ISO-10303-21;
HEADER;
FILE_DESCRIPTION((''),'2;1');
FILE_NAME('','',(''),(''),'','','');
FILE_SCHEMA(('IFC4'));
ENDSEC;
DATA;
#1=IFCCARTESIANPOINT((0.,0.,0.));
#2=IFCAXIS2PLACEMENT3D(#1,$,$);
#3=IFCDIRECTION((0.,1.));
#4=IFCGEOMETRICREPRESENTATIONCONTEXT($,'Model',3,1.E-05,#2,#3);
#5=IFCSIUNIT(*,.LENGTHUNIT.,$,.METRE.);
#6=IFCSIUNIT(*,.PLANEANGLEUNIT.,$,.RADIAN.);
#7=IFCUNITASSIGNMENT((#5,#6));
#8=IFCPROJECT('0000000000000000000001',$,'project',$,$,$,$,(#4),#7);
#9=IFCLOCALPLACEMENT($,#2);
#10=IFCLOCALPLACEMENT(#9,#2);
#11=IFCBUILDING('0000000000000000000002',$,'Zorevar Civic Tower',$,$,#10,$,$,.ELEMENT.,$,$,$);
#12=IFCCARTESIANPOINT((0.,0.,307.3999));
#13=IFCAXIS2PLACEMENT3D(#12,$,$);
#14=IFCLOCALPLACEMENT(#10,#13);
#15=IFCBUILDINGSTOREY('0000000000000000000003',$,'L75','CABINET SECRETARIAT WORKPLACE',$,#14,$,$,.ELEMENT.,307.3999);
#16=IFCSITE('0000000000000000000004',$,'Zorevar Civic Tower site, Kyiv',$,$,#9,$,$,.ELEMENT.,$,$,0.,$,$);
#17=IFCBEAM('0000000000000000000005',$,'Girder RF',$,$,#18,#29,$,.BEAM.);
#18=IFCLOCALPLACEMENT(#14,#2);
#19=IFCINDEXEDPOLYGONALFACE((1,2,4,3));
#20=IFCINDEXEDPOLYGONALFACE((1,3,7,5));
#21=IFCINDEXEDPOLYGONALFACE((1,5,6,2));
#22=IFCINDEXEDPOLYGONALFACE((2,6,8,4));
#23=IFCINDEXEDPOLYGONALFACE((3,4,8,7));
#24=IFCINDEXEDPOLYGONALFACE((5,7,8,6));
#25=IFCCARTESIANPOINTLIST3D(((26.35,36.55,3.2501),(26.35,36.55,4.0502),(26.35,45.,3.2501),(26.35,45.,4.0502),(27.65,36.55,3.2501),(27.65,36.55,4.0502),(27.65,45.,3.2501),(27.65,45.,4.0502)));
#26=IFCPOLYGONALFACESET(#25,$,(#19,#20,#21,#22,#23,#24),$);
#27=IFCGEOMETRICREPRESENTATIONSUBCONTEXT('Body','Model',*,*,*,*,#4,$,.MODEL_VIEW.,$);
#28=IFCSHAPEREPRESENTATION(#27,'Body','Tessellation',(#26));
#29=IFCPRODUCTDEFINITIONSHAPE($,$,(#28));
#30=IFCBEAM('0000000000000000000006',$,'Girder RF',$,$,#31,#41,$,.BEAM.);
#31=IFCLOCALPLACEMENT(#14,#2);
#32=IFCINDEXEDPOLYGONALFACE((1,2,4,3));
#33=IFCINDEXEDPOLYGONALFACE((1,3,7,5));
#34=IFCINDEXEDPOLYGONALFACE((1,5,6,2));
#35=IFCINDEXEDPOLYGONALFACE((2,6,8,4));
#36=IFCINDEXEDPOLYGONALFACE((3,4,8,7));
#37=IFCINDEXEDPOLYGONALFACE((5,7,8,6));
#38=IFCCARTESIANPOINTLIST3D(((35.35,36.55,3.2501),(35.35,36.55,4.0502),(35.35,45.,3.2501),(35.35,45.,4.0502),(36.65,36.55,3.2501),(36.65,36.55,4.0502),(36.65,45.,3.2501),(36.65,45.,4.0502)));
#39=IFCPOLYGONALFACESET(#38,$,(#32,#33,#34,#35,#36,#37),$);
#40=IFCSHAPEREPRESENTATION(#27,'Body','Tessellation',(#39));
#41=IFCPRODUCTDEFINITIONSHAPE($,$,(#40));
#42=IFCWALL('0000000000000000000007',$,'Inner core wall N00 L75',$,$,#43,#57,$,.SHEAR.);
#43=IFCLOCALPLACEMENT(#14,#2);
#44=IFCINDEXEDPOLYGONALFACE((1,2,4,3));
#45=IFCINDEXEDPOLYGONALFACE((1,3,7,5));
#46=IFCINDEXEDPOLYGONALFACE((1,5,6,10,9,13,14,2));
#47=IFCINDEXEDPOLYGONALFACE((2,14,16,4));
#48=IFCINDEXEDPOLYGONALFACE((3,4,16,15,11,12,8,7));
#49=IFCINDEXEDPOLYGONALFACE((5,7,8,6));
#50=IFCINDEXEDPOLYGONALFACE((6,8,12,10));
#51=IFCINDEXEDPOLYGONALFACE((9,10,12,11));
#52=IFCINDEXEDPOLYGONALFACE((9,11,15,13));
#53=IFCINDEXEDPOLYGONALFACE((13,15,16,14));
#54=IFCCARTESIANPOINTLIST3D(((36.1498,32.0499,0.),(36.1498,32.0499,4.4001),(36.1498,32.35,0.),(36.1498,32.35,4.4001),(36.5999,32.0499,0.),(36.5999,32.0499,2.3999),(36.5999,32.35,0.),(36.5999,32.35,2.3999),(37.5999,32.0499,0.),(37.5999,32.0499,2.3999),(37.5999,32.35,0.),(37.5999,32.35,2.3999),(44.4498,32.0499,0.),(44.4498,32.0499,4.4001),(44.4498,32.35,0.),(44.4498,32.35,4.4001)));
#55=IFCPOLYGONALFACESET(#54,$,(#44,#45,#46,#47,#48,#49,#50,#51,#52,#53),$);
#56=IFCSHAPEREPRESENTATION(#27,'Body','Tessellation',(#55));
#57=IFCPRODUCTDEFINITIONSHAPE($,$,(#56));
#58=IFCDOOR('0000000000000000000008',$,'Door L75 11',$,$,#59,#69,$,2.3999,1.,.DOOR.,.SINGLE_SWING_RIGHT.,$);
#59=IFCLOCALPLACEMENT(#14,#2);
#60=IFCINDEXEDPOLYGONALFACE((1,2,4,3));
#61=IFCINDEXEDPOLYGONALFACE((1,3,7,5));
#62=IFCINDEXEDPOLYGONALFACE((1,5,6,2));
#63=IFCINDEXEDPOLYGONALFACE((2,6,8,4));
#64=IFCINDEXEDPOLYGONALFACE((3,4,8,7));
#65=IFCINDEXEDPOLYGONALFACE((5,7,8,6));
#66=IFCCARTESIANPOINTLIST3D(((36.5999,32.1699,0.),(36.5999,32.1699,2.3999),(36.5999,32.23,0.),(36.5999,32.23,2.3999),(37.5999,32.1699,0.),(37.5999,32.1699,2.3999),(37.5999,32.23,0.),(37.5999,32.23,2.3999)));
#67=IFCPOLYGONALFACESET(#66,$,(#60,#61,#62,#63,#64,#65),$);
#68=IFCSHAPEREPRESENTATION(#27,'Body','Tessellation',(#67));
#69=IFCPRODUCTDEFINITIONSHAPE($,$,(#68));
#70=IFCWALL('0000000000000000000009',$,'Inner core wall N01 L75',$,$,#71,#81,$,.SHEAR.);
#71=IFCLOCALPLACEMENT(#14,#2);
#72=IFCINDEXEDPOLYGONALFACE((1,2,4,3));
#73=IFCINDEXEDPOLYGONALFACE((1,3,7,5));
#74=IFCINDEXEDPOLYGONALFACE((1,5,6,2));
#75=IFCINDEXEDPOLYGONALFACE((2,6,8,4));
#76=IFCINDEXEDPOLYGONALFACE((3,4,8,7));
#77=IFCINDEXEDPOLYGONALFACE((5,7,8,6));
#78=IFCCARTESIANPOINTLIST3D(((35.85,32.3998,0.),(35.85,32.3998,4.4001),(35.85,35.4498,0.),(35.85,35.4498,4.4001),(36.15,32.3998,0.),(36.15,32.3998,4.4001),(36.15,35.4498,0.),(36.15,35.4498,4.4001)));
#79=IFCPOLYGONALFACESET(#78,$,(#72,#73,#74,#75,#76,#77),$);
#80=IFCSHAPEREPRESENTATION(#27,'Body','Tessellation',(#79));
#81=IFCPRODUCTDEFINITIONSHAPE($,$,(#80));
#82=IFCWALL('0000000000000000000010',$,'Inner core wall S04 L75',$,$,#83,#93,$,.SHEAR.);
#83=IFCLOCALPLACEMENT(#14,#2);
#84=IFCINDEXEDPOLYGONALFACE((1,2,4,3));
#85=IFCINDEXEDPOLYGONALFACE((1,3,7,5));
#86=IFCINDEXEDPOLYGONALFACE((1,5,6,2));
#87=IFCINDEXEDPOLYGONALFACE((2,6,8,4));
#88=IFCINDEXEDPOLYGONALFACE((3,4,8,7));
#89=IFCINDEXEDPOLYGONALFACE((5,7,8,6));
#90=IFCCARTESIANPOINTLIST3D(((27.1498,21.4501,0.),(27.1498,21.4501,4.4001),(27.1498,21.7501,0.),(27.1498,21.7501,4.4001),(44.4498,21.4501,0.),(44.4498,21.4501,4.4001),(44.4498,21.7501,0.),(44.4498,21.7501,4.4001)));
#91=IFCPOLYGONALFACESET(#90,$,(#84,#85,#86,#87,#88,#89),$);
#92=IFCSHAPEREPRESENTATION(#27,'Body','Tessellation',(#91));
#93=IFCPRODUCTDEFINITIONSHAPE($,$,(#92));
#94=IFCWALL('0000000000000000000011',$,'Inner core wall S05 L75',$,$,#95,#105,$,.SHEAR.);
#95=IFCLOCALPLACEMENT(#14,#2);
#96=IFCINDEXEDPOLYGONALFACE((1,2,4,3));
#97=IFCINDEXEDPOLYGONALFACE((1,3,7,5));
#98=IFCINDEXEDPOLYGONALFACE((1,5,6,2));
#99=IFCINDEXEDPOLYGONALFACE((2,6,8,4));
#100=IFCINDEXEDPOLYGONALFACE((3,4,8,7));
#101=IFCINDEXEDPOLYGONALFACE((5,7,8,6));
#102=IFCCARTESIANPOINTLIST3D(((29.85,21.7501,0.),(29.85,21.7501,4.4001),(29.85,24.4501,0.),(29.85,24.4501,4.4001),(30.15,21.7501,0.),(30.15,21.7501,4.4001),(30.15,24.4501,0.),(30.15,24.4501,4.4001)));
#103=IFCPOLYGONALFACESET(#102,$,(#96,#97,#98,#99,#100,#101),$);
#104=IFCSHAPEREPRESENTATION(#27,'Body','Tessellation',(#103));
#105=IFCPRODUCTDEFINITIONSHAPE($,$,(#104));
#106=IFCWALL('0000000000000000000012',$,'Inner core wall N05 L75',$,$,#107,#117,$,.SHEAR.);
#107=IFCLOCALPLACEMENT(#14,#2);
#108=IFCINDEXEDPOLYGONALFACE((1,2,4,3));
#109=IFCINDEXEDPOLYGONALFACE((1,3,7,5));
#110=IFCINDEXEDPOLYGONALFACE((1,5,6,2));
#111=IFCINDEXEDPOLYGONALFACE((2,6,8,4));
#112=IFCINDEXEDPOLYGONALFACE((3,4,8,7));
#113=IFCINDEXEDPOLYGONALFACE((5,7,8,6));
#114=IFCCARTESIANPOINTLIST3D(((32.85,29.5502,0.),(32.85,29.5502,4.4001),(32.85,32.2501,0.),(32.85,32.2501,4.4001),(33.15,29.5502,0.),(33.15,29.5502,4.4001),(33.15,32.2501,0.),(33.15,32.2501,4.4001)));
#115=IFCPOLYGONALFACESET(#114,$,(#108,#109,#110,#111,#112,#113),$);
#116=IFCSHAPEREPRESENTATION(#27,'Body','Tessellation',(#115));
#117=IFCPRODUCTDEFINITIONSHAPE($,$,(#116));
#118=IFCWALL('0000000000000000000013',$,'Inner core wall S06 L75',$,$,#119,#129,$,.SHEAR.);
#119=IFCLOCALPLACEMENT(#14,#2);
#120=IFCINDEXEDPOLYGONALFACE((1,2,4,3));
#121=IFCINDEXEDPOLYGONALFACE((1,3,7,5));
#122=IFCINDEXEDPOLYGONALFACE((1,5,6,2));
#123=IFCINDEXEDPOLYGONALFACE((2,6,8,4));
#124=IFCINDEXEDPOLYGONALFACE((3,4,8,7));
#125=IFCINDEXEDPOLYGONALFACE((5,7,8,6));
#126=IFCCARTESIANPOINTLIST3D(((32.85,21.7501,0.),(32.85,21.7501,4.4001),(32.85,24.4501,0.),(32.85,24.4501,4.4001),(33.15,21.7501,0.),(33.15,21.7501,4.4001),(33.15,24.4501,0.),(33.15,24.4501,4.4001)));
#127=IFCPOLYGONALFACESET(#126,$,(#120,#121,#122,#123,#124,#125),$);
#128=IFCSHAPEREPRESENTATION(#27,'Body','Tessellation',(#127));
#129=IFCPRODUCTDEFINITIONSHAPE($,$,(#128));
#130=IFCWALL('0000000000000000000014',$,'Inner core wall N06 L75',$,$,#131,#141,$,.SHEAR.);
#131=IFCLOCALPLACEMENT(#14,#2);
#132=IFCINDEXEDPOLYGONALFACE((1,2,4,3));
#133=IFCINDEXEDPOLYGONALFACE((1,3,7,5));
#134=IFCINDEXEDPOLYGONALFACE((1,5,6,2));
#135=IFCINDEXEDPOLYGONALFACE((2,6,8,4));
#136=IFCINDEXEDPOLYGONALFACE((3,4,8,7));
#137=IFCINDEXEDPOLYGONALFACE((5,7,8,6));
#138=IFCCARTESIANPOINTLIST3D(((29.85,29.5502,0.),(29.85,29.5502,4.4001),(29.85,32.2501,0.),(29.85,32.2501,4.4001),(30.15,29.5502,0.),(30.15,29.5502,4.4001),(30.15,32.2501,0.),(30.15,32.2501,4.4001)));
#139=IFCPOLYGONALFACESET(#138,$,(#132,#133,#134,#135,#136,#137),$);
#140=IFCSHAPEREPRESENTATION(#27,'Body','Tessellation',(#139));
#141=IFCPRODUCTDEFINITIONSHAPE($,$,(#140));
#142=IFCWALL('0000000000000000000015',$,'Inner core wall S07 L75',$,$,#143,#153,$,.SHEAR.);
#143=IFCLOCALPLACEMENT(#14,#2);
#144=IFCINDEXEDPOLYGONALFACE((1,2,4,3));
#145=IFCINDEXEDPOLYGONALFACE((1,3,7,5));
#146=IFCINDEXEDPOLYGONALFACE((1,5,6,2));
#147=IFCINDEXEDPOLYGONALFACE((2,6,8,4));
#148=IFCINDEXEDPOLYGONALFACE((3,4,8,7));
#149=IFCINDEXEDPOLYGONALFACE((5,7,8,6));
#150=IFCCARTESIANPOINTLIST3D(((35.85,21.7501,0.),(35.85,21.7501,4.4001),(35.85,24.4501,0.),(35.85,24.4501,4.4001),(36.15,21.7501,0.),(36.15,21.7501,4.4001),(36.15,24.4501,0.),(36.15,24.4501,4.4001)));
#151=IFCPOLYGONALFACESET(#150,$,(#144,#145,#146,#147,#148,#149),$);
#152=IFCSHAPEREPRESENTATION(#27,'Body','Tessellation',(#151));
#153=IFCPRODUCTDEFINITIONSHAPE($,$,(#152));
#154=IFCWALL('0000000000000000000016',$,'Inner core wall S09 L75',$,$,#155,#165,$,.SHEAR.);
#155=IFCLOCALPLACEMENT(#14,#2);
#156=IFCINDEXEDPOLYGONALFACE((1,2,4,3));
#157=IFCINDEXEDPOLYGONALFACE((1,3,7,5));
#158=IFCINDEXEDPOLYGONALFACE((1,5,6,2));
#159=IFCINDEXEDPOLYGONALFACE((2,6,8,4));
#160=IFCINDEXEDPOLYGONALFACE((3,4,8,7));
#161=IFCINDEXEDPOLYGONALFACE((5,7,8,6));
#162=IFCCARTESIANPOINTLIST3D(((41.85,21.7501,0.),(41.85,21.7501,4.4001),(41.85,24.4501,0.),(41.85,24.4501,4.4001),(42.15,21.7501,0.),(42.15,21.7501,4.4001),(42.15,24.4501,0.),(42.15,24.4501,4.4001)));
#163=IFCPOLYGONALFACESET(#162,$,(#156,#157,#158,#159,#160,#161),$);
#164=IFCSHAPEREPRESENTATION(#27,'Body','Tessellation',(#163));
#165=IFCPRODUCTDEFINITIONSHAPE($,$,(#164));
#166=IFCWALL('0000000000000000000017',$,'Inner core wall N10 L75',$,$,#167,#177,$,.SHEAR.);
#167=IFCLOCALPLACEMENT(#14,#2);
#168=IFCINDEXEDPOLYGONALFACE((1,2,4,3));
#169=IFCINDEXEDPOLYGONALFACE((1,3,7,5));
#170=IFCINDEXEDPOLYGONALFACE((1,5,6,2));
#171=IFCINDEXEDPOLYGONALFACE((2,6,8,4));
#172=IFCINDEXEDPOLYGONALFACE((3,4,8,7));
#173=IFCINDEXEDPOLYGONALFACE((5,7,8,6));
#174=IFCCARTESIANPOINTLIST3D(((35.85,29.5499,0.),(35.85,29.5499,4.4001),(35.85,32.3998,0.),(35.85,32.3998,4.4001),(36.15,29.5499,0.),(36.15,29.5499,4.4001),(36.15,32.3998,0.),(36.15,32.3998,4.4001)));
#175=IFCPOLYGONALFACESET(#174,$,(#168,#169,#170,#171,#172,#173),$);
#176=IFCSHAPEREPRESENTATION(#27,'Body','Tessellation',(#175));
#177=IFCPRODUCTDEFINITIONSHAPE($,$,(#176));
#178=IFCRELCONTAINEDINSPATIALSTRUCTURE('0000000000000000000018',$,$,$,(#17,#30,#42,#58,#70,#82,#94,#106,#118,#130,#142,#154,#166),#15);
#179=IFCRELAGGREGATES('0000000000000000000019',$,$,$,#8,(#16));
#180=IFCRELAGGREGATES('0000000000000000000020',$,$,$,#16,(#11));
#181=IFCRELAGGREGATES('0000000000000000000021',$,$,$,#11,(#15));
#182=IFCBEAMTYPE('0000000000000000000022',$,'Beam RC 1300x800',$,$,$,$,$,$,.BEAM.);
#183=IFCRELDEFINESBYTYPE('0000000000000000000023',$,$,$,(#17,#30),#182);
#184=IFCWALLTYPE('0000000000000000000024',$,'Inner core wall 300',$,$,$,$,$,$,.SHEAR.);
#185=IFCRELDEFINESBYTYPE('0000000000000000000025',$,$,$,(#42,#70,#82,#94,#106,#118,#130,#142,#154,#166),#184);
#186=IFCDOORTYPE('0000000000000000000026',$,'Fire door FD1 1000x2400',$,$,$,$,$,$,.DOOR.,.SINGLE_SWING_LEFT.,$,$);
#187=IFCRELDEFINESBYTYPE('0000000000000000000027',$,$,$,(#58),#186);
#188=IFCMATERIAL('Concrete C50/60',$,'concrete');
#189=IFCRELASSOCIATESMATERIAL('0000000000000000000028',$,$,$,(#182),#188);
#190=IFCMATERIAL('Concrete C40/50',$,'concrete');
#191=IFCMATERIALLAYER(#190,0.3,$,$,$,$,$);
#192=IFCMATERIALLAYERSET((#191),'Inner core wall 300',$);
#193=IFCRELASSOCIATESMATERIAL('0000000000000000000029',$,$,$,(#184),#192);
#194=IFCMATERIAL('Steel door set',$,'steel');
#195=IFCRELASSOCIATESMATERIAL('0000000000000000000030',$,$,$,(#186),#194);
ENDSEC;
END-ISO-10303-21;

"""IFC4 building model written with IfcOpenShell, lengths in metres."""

from ifc_helpers import new_model, si_unit, direction, frame, frame_2d, origin, origin_2d, place, context, subcontext, project, spatial, rectangle, extrude, material, layer, layer_set, material_profile, profile_set, type_object, element, fill, save


model = new_model("IFC4")

# Units and contexts
model_context = context("Model", 3, precision=1e-05, world=origin(), true_north=direction((0.0, 1.0)))
body_context = subcontext(model_context, "Body", "Model", "MODEL_VIEW")
ifc_project = project(units=[si_unit("LENGTHUNIT", "METRE"), si_unit("PLANEANGLEUNIT", "RADIAN")], contexts=[model_context])

# Site, building, storey
site_placement = place(None, origin())
site = spatial("IfcSite", under=ifc_project, at=site_placement, Name="Zorevar Civic Tower site, Kyiv", CompositionType="ELEMENT", RefElevation=0.0)
building_placement = place(site_placement, origin())
building = spatial("IfcBuilding", under=site, at=building_placement, Name="Zorevar Civic Tower", CompositionType="ELEMENT")
storey_placement = place(building_placement, frame((0.0, 0.0, 307.3999)))
storey = spatial("IfcBuildingStorey", under=building, at=storey_placement, Name="L75", Description="CABINET SECRETARIAT WORKPLACE", CompositionType="ELEMENT", Elevation=307.3999)

# Beams
ifc_material_1 = material(Name="Concrete C50/60", Category="concrete")
ifc_material_profile = material_profile(ifc_material_1, rectangle(XDim=1.3, YDim=0.8, at=origin_2d()), Name="RC 1300x800")
ifc_profile_set = profile_set([ifc_material_profile], Name="Concrete C50/60")
beam_type = type_object("IfcBeamType", Name="Beam RC 1300x800", PredefinedType="BEAM", material=ifc_profile_set)
for number, where, z_axis, x_axis, name in (
    (1, (27.0, 36.55, 3.6501), (0.0, 1.0, 0.0), (-1.0, 0.0, 0.0), "Girder RF"),
    (2, (36.0, 36.55, 3.6501), (0.0, 1.0, 0.0), (-1.0, 0.0, 0.0), "Girder RF"),
):
    element("IfcBeam", number, at=place(storey_placement, frame(where, z_axis=z_axis, x_axis=x_axis)), inside=storey, type_object=beam_type, Name=name, PredefinedType="BEAM", context=body_context, shape_type="SweptSolid", body=[
        extrude(rectangle(XDim=1.3, YDim=0.8, at=origin_2d()), origin(), (0.0, 0.0, 1.0), 8.45),
    ])

# Wall, opening, door
ifc_material_2 = material(Name="Concrete C40/50", Category="concrete")
ifc_layer_1 = layer(ifc_material_2, 0.3)
ifc_layer_set_1 = layer_set([ifc_layer_1], Name="Inner core wall 300")
wall_type_1 = type_object("IfcWallType", Name="Inner core wall 300", PredefinedType="SHEAR", material=ifc_layer_set_1)
wall_1_placement = place(storey_placement, frame((36.1499, 32.2, 0.0), z_axis=(0.0, 0.0, 1.0), x_axis=(1.0, 0.0, 0.0)))
wall_1 = element("IfcWall", 3, at=wall_1_placement, inside=storey, type_object=wall_type_1, Name="Inner core wall N00 L75", PredefinedType="SHEAR", context=body_context, shape_type="SweptSolid", body=[
    extrude(rectangle(XDim=8.3, YDim=0.3, at=frame_2d((4.1499, 0.0))), origin(), (0.0, 0.0, 1.0), 4.4001),
])
opening_1_placement = place(wall_1_placement, frame((0.45, 0.0, 0.0)))
opening_1 = element("IfcOpeningElement", 4, at=opening_1_placement, cuts=wall_1, PredefinedType="OPENING", context=body_context, shape_type="SweptSolid", body=[
    extrude(rectangle(XDim=1.0, YDim=2.3999, at=frame_2d((0.5, 1.2))), frame((0.0, 0.1599, 0.0), z_axis=(0.0, -1.0, 0.0), x_axis=(1.0, 0.0, 0.0)), (0.0, 0.0, 1.0), 0.3201),
])
ifc_material_3 = material(Name="Steel door set", Category="steel")
door_type_1 = type_object("IfcDoorType", Name="Fire door FD1 1000x2400", OperationType="SINGLE_SWING_LEFT", PredefinedType="DOOR", material=ifc_material_3)
door_1_placement = place(opening_1_placement, origin())
door_1 = element("IfcDoor", 5, at=door_1_placement, inside=storey, type_object=door_type_1, Name="Door L75 11", OperationType="SINGLE_SWING_RIGHT", OverallHeight=2.3999, OverallWidth=1.0, PredefinedType="DOOR", context=body_context, shape_type="SweptSolid", body=[
    extrude(rectangle(XDim=1.0, YDim=2.3999, at=frame_2d((0.5, 1.2))), frame((0.0, 0.03, 0.0), z_axis=(0.0, -1.0, 0.0), x_axis=(1.0, 0.0, 0.0)), (0.0, 0.0, 1.0), 0.0601),
])
fill(opening_1, door_1)

# Wall
wall_2_placement = place(storey_placement, frame((36.0, 32.3999, 0.0), z_axis=(0.0, 0.0, 1.0), x_axis=(0.0, 1.0, 0.0)))
element("IfcWall", 6, at=wall_2_placement, inside=storey, type_object=wall_type_1, Name="Inner core wall N01 L75", PredefinedType="SHEAR", context=body_context, shape_type="SweptSolid", body=[
    extrude(rectangle(XDim=3.05, YDim=0.3, at=frame_2d((1.5249, 0.0))), origin(), (0.0, 0.0, 1.0), 4.4001),
])

# Walls
wall_3_placement = place(storey_placement, frame((27.1499, 21.6001, 0.0), z_axis=(0.0, 0.0, 1.0), x_axis=(1.0, 0.0, 0.0)))
element("IfcWall", 7, at=wall_3_placement, inside=storey, type_object=wall_type_1, Name="Inner core wall S04 L75", PredefinedType="SHEAR", context=body_context, shape_type="SweptSolid", body=[
    extrude(rectangle(XDim=17.3, YDim=0.3, at=frame_2d((8.6499, 0.0))), origin(), (0.0, 0.0, 1.0), 4.4001),
])
for number, where, z_axis, x_axis, name in (
    (8, (30.0, 21.75, 0.0), (0.0, 0.0, 1.0), (0.0, 1.0, 0.0), "Inner core wall S05 L75"),
    (9, (33.0, 29.55, 0.0), (0.0, 0.0, 1.0), (0.0, 1.0, 0.0), "Inner core wall N05 L75"),
    (10, (33.0, 21.75, 0.0), (0.0, 0.0, 1.0), (0.0, 1.0, 0.0), "Inner core wall S06 L75"),
    (11, (30.0, 29.55, 0.0), (0.0, 0.0, 1.0), (0.0, 1.0, 0.0), "Inner core wall N06 L75"),
    (12, (36.0, 21.75, 0.0), (0.0, 0.0, 1.0), (0.0, 1.0, 0.0), "Inner core wall S07 L75"),
    (13, (42.0, 21.75, 0.0), (0.0, 0.0, 1.0), (0.0, 1.0, 0.0), "Inner core wall S09 L75"),
):
    element("IfcWall", number, at=place(storey_placement, frame(where, z_axis=z_axis, x_axis=x_axis)), inside=storey, type_object=wall_type_1, Name=name, PredefinedType="SHEAR", context=body_context, shape_type="SweptSolid", body=[
        extrude(rectangle(XDim=2.7, YDim=0.3, at=frame_2d((1.3501, 0.0))), origin(), (0.0, 0.0, 1.0), 4.4001),
    ])
wall_4_placement = place(storey_placement, frame((36.0, 29.55, 0.0), z_axis=(0.0, 0.0, 1.0), x_axis=(0.0, 1.0, 0.0)))
element("IfcWall", 14, at=wall_4_placement, inside=storey, type_object=wall_type_1, Name="Inner core wall N10 L75", PredefinedType="SHEAR", context=body_context, shape_type="SweptSolid", body=[
    extrude(rectangle(XDim=2.8499, YDim=0.3, at=frame_2d((1.4248, 0.0))), origin(), (0.0, 0.0, 1.0), 4.4001),
])

save(model, "model.ifc")
